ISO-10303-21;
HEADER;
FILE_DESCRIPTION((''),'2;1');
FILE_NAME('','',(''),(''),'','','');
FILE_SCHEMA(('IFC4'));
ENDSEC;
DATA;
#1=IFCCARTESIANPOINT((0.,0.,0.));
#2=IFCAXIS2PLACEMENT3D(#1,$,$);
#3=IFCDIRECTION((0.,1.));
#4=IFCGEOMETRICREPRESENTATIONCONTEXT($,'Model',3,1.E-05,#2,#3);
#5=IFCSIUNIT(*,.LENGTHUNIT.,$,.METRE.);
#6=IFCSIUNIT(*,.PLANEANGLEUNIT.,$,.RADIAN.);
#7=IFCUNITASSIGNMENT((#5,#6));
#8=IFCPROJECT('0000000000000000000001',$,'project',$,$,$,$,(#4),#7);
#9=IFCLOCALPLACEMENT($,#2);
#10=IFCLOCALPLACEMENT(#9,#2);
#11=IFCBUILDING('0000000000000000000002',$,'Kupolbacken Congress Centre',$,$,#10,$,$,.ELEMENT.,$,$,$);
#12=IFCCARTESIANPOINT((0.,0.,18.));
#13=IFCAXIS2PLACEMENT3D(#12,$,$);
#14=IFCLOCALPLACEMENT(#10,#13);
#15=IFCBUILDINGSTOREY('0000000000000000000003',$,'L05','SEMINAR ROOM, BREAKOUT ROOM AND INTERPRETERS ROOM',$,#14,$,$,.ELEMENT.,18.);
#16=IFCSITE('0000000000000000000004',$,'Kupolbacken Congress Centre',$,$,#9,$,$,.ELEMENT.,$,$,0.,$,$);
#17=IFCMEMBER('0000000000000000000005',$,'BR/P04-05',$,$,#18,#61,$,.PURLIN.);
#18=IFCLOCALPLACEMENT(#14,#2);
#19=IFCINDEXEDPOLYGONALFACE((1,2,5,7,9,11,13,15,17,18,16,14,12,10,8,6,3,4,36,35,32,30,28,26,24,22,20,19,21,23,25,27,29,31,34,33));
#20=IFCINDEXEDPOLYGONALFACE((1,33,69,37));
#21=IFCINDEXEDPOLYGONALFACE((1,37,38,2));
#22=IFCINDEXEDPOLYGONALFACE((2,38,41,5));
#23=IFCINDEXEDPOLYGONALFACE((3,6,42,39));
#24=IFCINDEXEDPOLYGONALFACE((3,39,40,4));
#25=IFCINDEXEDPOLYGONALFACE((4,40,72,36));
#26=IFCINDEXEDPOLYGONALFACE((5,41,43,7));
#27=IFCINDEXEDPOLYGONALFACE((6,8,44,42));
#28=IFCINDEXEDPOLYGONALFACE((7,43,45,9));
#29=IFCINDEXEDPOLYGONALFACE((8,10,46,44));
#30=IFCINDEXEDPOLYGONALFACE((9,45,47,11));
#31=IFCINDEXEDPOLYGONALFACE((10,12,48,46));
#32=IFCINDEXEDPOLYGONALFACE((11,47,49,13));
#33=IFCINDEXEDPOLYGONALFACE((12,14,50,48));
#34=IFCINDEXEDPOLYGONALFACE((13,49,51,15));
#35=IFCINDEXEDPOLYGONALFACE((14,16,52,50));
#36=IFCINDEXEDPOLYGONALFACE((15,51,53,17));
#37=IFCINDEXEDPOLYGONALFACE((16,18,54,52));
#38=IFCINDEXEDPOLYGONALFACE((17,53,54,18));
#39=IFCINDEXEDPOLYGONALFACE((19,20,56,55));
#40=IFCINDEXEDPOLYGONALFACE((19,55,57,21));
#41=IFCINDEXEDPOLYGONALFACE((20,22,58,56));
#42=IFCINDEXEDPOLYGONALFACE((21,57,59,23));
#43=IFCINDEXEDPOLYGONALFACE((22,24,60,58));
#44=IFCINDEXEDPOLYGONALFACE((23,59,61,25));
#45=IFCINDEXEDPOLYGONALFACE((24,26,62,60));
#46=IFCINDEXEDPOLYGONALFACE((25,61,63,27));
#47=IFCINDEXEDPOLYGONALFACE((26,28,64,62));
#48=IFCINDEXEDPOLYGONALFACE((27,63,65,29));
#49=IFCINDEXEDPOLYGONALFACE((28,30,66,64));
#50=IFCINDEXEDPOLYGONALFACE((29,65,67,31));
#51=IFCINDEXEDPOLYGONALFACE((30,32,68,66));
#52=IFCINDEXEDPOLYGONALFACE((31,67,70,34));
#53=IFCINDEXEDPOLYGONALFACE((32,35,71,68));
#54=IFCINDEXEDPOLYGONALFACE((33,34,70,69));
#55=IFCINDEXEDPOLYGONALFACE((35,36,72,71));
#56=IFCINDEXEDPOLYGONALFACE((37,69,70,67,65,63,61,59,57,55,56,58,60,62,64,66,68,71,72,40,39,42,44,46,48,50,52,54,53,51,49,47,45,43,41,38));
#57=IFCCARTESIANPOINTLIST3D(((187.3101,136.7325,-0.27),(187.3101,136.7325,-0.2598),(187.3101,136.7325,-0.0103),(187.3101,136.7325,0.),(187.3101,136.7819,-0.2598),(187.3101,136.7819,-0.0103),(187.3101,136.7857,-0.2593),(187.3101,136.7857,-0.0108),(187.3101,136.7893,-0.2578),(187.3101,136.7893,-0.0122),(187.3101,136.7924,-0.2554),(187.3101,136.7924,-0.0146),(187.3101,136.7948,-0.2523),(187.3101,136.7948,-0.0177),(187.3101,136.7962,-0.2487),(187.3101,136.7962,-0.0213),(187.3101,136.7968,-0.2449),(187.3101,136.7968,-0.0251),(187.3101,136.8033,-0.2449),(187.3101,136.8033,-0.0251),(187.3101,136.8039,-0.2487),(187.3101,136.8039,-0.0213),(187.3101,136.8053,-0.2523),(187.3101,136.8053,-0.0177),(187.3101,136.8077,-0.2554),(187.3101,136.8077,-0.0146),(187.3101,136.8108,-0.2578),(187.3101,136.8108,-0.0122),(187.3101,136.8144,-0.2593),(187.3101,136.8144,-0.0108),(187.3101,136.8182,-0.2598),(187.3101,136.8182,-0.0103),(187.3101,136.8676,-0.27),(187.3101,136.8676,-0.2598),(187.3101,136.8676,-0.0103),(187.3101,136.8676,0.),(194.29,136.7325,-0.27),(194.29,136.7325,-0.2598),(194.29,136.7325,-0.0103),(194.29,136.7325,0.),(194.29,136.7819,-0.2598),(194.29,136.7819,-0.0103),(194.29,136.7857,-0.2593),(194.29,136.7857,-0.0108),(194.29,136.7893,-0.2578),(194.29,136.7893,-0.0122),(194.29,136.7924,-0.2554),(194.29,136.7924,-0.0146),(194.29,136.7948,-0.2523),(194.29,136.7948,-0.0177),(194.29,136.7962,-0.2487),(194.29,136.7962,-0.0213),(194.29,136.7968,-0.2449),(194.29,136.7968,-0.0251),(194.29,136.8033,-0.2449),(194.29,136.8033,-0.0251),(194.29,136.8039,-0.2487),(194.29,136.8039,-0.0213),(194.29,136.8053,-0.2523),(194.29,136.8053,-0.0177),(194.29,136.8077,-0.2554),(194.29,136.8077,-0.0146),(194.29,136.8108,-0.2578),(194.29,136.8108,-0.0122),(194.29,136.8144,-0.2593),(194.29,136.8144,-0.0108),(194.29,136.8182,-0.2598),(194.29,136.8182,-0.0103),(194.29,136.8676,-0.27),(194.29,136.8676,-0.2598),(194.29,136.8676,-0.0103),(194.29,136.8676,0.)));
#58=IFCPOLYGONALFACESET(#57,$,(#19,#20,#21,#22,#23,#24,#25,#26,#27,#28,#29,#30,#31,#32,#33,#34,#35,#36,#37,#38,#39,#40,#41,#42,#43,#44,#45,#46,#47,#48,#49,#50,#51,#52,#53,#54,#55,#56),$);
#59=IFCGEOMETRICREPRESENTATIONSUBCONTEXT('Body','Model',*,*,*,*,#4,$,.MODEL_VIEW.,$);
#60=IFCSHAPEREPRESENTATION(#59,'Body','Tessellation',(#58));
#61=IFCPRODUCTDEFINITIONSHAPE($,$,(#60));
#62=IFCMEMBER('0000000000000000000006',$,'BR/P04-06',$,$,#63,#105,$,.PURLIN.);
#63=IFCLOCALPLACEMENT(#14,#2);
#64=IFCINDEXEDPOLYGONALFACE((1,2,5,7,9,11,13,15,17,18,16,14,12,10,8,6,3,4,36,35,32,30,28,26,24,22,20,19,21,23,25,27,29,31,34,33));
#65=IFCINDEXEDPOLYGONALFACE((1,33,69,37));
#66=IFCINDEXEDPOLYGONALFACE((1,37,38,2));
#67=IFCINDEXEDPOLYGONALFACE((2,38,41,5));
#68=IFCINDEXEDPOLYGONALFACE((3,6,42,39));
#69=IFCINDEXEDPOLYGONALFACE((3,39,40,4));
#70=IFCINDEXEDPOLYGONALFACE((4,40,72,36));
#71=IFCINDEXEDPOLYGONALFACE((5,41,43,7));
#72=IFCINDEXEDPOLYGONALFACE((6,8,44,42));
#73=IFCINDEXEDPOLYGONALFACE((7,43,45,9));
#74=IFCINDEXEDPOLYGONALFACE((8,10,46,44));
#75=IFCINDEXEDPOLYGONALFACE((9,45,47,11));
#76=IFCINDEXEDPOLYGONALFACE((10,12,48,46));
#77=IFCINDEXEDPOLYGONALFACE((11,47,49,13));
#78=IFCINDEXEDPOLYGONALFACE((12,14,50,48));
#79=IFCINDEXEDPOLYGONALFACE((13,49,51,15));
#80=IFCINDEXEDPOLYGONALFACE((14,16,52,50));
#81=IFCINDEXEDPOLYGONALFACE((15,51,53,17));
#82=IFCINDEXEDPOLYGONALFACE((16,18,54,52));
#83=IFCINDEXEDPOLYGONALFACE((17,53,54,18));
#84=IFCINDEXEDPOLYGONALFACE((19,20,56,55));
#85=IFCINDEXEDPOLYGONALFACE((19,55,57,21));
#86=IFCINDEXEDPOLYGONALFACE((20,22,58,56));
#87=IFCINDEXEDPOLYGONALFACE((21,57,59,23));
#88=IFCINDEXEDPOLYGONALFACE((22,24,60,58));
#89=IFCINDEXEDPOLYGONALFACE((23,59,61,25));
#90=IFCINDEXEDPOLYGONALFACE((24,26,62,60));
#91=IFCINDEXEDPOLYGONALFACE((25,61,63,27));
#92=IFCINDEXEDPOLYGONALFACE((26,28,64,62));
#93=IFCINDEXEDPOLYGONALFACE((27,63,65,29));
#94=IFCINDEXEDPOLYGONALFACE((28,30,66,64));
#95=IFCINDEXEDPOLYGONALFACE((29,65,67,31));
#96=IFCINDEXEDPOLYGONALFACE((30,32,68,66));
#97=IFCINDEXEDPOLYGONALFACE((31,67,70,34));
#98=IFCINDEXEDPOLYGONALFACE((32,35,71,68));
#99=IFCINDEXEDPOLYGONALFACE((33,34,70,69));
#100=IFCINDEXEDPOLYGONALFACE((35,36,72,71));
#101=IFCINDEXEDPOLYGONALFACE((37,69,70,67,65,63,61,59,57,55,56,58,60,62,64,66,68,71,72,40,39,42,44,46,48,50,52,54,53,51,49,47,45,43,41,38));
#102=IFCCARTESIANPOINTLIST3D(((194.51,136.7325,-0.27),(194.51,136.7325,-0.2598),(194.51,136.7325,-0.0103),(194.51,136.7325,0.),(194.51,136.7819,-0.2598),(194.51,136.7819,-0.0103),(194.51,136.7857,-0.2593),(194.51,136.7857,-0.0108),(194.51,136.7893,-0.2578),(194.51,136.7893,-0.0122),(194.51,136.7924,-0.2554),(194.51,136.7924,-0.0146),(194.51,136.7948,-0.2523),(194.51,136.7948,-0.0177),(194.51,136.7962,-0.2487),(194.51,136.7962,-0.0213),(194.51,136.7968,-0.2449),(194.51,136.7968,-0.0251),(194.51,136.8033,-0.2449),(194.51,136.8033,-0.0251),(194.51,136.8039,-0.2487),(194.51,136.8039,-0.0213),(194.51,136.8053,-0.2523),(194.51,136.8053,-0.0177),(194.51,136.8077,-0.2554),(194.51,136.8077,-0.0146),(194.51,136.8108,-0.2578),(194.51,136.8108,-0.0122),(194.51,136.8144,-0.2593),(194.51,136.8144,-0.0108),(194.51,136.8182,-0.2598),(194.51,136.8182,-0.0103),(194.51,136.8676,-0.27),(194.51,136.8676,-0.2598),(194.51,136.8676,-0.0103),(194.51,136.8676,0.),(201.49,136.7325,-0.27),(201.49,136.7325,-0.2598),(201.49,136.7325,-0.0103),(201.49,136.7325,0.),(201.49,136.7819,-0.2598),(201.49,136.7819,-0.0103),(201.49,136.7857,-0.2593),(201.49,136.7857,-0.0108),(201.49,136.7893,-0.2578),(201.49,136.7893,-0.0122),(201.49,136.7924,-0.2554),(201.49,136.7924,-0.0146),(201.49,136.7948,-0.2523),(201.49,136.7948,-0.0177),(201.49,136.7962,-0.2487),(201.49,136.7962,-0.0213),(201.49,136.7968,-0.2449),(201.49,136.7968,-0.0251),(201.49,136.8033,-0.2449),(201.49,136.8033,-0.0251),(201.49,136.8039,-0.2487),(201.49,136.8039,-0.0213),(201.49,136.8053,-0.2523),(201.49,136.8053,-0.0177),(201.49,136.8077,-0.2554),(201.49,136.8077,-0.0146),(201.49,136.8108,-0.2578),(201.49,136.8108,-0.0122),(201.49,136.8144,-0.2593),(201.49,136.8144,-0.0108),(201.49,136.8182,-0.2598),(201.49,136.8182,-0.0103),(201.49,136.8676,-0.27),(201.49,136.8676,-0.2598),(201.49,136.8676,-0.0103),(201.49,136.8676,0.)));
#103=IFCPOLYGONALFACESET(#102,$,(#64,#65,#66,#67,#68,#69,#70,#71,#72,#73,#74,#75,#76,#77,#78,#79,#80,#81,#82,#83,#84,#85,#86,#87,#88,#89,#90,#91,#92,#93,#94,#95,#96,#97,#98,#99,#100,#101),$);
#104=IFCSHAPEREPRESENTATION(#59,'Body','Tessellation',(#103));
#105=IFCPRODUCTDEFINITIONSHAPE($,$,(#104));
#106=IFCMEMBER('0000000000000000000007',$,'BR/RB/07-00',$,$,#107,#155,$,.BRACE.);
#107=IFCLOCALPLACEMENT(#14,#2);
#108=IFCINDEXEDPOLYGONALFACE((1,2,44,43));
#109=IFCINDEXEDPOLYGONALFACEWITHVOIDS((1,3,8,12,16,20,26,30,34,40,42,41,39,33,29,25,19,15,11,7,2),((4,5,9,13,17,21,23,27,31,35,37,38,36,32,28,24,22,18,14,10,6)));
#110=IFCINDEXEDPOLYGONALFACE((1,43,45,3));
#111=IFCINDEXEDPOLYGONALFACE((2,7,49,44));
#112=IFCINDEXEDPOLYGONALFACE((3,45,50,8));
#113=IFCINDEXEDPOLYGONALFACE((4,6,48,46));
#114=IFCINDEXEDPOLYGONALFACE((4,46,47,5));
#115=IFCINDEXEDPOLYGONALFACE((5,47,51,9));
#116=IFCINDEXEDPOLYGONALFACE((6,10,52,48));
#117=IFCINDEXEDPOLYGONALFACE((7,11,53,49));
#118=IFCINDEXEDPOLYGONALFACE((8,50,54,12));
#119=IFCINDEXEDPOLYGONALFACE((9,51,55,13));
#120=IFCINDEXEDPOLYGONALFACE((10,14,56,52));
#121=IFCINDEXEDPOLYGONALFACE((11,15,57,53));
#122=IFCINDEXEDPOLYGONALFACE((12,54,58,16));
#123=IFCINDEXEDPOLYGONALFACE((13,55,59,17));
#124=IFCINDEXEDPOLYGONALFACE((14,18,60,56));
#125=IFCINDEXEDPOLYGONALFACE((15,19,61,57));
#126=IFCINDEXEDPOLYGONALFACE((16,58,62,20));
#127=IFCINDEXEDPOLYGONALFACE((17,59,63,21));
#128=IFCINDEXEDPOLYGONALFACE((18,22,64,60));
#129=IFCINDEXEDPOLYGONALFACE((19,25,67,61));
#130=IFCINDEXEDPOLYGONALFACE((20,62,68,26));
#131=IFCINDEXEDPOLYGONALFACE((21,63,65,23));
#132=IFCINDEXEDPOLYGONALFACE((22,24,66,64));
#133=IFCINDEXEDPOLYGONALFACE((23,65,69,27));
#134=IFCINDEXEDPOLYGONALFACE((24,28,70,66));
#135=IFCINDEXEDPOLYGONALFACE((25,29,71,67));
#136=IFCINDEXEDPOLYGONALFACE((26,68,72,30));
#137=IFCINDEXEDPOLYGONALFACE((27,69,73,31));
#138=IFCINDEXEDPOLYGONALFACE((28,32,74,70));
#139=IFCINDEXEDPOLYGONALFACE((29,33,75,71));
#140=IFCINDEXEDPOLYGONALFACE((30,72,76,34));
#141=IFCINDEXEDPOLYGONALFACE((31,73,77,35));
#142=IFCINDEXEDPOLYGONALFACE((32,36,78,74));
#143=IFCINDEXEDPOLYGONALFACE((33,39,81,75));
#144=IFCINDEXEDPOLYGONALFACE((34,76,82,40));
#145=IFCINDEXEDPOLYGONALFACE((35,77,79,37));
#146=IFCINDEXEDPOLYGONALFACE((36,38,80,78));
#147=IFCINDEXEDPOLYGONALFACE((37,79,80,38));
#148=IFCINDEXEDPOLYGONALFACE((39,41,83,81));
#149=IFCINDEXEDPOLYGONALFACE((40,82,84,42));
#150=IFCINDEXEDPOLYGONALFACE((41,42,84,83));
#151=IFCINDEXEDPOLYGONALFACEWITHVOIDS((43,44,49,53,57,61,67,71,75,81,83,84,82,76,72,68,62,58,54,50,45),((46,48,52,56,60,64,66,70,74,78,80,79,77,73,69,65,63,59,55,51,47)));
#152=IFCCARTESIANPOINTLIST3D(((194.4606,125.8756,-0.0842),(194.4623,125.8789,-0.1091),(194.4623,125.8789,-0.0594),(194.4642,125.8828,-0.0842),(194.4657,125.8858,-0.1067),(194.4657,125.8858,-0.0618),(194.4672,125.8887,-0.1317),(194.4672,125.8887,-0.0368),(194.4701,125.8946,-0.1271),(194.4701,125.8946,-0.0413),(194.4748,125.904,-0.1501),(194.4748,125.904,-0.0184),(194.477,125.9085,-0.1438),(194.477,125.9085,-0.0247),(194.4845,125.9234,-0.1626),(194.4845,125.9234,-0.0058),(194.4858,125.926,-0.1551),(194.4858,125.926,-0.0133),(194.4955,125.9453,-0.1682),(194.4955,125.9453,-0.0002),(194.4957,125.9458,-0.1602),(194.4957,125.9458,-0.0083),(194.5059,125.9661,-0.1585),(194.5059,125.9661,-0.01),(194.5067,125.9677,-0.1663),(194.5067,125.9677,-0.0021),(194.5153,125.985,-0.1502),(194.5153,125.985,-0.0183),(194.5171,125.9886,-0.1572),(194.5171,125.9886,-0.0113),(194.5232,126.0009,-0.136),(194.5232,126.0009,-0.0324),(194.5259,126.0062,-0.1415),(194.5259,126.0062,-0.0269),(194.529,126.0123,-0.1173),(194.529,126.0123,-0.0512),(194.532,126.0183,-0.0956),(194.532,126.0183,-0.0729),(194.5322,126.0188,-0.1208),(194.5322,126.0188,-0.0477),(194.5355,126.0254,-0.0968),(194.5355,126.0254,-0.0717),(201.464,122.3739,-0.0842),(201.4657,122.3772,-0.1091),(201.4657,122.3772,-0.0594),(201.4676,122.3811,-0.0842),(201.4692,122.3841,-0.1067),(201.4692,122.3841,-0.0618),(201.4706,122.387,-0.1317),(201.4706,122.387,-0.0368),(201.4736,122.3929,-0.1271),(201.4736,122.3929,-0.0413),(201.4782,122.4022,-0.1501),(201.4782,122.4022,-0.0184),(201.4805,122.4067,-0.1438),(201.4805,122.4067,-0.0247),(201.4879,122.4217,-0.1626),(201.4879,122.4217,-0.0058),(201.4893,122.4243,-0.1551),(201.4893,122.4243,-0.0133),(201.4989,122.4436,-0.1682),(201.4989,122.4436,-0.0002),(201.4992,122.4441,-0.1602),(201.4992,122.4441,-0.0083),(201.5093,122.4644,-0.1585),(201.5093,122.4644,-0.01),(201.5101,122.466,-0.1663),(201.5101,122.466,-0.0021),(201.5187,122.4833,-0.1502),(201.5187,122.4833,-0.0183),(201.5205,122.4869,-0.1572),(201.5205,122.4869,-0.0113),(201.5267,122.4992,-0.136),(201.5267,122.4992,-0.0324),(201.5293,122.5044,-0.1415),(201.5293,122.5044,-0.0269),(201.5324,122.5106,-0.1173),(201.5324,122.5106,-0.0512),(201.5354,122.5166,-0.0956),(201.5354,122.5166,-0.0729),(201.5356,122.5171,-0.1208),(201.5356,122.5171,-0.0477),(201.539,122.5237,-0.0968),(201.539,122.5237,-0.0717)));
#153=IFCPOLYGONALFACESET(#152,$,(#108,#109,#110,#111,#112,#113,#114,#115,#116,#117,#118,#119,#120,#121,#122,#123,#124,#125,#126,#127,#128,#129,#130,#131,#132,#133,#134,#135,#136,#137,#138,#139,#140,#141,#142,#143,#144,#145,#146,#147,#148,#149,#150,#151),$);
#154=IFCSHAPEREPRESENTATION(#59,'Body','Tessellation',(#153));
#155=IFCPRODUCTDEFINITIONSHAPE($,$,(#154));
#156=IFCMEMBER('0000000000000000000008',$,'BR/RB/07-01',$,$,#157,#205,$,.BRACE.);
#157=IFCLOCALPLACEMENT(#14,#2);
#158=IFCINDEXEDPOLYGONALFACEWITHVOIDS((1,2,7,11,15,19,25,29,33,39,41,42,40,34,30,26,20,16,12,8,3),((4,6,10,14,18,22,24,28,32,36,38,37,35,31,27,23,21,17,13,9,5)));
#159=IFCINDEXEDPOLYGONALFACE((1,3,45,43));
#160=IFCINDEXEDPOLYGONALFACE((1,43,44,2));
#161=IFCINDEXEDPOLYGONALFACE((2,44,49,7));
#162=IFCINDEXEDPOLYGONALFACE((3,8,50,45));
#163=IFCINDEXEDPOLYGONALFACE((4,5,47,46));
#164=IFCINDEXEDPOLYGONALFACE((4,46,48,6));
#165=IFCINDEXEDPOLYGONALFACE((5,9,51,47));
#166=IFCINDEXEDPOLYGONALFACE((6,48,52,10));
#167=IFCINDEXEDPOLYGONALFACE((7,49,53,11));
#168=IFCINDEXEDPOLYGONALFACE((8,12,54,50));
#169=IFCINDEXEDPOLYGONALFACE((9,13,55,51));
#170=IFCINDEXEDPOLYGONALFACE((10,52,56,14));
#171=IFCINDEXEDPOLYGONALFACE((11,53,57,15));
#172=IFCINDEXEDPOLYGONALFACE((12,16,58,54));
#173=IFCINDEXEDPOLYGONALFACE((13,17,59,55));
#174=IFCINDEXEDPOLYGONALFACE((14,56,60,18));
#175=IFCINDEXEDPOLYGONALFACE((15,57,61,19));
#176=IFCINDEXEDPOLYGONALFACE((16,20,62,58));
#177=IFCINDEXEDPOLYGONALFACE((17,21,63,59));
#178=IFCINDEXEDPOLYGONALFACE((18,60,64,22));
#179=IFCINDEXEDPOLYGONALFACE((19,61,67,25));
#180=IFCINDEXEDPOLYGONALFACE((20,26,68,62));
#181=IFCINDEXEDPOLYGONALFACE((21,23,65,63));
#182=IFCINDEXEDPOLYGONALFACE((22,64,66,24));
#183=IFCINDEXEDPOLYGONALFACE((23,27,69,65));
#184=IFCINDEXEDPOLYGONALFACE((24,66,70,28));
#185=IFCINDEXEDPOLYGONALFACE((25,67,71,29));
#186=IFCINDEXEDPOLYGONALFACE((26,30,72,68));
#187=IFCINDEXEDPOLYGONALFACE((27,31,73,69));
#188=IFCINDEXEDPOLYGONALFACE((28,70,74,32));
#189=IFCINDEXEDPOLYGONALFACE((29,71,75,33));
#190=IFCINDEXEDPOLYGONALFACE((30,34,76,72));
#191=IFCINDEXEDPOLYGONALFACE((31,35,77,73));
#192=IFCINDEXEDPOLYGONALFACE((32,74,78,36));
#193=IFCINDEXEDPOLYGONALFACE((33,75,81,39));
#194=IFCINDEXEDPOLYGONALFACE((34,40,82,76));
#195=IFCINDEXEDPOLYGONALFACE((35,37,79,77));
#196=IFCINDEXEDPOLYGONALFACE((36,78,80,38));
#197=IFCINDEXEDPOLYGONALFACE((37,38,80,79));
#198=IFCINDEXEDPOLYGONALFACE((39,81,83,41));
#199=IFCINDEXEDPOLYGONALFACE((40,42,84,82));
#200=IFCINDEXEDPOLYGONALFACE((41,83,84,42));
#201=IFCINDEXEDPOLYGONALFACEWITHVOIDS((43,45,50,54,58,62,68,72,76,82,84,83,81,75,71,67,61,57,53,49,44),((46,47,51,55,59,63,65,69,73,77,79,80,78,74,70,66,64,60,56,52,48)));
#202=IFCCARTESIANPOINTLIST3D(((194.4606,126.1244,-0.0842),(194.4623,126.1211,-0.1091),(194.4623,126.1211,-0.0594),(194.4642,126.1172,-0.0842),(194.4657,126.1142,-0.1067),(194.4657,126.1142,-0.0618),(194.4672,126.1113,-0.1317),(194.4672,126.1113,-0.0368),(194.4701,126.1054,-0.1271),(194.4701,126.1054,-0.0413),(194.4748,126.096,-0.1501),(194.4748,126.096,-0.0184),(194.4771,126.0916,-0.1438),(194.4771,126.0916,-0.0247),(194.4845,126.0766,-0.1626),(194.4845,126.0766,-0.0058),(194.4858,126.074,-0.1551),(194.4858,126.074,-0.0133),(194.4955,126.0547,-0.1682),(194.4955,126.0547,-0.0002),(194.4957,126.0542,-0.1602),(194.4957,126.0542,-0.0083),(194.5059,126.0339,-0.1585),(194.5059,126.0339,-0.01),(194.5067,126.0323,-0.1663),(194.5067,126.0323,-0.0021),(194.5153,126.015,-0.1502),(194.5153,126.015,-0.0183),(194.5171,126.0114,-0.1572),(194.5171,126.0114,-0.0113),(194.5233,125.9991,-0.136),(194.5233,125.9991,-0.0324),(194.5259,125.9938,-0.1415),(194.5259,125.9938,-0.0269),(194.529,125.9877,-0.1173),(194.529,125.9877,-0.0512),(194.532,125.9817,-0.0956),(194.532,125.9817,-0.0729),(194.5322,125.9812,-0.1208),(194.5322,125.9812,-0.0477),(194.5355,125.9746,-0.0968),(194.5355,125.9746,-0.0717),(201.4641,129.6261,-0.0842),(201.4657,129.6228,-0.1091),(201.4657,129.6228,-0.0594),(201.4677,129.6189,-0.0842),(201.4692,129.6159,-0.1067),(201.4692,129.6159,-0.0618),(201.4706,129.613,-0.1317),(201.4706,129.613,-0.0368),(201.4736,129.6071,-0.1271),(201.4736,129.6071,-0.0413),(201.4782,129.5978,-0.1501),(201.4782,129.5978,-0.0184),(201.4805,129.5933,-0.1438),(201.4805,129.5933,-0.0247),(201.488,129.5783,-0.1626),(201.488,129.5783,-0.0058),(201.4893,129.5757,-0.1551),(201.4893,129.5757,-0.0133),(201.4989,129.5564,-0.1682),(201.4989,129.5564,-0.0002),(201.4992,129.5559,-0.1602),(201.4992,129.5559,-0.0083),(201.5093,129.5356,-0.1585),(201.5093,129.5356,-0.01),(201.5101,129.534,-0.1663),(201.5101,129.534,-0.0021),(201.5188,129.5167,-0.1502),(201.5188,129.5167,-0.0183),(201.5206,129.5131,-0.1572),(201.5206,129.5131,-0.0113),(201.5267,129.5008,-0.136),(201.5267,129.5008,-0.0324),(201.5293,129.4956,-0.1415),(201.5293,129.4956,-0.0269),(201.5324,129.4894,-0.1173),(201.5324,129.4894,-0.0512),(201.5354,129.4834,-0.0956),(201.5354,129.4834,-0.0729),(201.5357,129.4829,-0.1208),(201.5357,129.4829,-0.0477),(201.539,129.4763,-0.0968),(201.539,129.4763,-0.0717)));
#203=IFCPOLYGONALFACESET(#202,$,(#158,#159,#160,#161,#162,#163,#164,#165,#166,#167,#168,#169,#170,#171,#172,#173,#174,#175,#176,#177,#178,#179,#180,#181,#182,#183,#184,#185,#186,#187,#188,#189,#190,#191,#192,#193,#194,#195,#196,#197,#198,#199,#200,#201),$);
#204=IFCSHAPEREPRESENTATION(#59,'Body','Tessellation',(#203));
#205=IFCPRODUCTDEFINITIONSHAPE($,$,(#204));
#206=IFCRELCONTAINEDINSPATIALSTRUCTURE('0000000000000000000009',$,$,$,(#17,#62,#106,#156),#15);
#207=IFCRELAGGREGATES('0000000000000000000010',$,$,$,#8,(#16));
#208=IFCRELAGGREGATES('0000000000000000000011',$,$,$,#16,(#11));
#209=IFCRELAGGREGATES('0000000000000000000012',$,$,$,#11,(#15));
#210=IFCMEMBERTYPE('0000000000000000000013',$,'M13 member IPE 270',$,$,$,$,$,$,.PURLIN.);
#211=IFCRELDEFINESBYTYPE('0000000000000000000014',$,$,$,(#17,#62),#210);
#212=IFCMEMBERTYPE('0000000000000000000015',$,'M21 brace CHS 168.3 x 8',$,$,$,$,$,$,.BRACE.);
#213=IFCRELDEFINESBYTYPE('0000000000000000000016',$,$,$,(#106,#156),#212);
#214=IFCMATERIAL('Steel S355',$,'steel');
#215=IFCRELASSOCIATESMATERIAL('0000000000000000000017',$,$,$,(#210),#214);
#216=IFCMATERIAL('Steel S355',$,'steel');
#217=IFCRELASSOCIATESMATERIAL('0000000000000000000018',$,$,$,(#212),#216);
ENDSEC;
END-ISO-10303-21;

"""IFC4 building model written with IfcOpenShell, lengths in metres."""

from ifc_helpers import new_model, si_unit, direction, frame, origin, origin_2d, place, context, subcontext, project, spatial, hollow_circle, i_section, extrude, material, material_profile, profile_set, type_object, element, save


model = new_model("IFC4")

# Units and contexts
model_context = context("Model", 3, precision=1e-05, world=origin(), true_north=direction((0.0, 1.0)))
body_context = subcontext(model_context, "Body", "Model", "MODEL_VIEW")
ifc_project = project(units=[si_unit("LENGTHUNIT", "METRE"), si_unit("PLANEANGLEUNIT", "RADIAN")], contexts=[model_context])

# Site, building, storey
site_placement = place(None, origin())
site = spatial("IfcSite", under=ifc_project, at=site_placement, Name="Kupolbacken Congress Centre", CompositionType="ELEMENT", RefElevation=0.0)
building_placement = place(site_placement, origin())
building = spatial("IfcBuilding", under=site, at=building_placement, Name="Kupolbacken Congress Centre", CompositionType="ELEMENT")
storey_placement = place(building_placement, frame((0.0, 0.0, 18.0)))
storey = spatial("IfcBuildingStorey", under=building, at=storey_placement, Name="L05", Description="SEMINAR ROOM, BREAKOUT ROOM AND INTERPRETERS ROOM", CompositionType="ELEMENT", Elevation=18.0)

# Members
ifc_material_1 = material(Name="Steel S355", Category="steel")
ifc_material_profile_1 = material_profile(ifc_material_1, i_section(OverallWidth=0.135, OverallDepth=0.27, WebThickness=0.0066, FlangeThickness=0.0103, FilletRadius=0.0149, at=origin_2d()), Name="IPE 270")
ifc_profile_set_1 = profile_set([ifc_material_profile_1], Name="Steel S355")
member_type_1 = type_object("IfcMemberType", Name="M13 member IPE 270", PredefinedType="PURLIN", material=ifc_profile_set_1)
for number, where, z_axis, x_axis, name in (
    (1, (187.3101, 136.8, -0.135), (1.0, 0.0, 0.0), (0.0, 1.0, 0.0), "BR/P04-05"),
    (2, (194.51, 136.8, -0.135), (1.0, 0.0, 0.0), (0.0, 1.0, 0.0), "BR/P04-06"),
):
    element("IfcMember", number, at=place(storey_placement, frame(where, z_axis=z_axis, x_axis=x_axis)), inside=storey, type_object=member_type_1, Name=name, PredefinedType="PURLIN", context=body_context, shape_type="SweptSolid", body=[
        extrude(i_section(OverallWidth=0.135, OverallDepth=0.27, WebThickness=0.0066, FlangeThickness=0.0103, FilletRadius=0.0149, at=origin_2d()), origin(), (0.0, 0.0, 1.0), 6.98),
    ])
ifc_material_2 = material(Name="Steel S355", Category="steel")
ifc_material_profile_2 = material_profile(ifc_material_2, hollow_circle(Radius=0.0842, WallThickness=0.0081, at=origin_2d()), Name="CHS 168.3 x 8")
ifc_profile_set_2 = profile_set([ifc_material_profile_2], Name="Steel S355")
member_type_2 = type_object("IfcMemberType", Name="M21 brace CHS 168.3 x 8", PredefinedType="BRACE", material=ifc_profile_set_2)
for number, where, z_axis, x_axis, name in (
    (3, (201.5017, 122.4492, -0.0842), (-0.894427, 0.447214, 0.0), (-0.447214, -0.894427, 0.0), "BR/RB/07-00"),
    (4, (194.4983, 126.0491, -0.0842), (0.894427, 0.447214, 0.0), (-0.447214, 0.894427, 0.0), "BR/RB/07-01"),
):
    element("IfcMember", number, at=place(storey_placement, frame(where, z_axis=z_axis, x_axis=x_axis)), inside=storey, type_object=member_type_2, Name=name, PredefinedType="BRACE", context=body_context, shape_type="SweptSolid", body=[
        extrude(hollow_circle(Radius=0.0842, WallThickness=0.0081, at=origin_2d()), origin(), (0.0, 0.0, 1.0), 7.8301),
    ])

save(model, "model.ifc")
